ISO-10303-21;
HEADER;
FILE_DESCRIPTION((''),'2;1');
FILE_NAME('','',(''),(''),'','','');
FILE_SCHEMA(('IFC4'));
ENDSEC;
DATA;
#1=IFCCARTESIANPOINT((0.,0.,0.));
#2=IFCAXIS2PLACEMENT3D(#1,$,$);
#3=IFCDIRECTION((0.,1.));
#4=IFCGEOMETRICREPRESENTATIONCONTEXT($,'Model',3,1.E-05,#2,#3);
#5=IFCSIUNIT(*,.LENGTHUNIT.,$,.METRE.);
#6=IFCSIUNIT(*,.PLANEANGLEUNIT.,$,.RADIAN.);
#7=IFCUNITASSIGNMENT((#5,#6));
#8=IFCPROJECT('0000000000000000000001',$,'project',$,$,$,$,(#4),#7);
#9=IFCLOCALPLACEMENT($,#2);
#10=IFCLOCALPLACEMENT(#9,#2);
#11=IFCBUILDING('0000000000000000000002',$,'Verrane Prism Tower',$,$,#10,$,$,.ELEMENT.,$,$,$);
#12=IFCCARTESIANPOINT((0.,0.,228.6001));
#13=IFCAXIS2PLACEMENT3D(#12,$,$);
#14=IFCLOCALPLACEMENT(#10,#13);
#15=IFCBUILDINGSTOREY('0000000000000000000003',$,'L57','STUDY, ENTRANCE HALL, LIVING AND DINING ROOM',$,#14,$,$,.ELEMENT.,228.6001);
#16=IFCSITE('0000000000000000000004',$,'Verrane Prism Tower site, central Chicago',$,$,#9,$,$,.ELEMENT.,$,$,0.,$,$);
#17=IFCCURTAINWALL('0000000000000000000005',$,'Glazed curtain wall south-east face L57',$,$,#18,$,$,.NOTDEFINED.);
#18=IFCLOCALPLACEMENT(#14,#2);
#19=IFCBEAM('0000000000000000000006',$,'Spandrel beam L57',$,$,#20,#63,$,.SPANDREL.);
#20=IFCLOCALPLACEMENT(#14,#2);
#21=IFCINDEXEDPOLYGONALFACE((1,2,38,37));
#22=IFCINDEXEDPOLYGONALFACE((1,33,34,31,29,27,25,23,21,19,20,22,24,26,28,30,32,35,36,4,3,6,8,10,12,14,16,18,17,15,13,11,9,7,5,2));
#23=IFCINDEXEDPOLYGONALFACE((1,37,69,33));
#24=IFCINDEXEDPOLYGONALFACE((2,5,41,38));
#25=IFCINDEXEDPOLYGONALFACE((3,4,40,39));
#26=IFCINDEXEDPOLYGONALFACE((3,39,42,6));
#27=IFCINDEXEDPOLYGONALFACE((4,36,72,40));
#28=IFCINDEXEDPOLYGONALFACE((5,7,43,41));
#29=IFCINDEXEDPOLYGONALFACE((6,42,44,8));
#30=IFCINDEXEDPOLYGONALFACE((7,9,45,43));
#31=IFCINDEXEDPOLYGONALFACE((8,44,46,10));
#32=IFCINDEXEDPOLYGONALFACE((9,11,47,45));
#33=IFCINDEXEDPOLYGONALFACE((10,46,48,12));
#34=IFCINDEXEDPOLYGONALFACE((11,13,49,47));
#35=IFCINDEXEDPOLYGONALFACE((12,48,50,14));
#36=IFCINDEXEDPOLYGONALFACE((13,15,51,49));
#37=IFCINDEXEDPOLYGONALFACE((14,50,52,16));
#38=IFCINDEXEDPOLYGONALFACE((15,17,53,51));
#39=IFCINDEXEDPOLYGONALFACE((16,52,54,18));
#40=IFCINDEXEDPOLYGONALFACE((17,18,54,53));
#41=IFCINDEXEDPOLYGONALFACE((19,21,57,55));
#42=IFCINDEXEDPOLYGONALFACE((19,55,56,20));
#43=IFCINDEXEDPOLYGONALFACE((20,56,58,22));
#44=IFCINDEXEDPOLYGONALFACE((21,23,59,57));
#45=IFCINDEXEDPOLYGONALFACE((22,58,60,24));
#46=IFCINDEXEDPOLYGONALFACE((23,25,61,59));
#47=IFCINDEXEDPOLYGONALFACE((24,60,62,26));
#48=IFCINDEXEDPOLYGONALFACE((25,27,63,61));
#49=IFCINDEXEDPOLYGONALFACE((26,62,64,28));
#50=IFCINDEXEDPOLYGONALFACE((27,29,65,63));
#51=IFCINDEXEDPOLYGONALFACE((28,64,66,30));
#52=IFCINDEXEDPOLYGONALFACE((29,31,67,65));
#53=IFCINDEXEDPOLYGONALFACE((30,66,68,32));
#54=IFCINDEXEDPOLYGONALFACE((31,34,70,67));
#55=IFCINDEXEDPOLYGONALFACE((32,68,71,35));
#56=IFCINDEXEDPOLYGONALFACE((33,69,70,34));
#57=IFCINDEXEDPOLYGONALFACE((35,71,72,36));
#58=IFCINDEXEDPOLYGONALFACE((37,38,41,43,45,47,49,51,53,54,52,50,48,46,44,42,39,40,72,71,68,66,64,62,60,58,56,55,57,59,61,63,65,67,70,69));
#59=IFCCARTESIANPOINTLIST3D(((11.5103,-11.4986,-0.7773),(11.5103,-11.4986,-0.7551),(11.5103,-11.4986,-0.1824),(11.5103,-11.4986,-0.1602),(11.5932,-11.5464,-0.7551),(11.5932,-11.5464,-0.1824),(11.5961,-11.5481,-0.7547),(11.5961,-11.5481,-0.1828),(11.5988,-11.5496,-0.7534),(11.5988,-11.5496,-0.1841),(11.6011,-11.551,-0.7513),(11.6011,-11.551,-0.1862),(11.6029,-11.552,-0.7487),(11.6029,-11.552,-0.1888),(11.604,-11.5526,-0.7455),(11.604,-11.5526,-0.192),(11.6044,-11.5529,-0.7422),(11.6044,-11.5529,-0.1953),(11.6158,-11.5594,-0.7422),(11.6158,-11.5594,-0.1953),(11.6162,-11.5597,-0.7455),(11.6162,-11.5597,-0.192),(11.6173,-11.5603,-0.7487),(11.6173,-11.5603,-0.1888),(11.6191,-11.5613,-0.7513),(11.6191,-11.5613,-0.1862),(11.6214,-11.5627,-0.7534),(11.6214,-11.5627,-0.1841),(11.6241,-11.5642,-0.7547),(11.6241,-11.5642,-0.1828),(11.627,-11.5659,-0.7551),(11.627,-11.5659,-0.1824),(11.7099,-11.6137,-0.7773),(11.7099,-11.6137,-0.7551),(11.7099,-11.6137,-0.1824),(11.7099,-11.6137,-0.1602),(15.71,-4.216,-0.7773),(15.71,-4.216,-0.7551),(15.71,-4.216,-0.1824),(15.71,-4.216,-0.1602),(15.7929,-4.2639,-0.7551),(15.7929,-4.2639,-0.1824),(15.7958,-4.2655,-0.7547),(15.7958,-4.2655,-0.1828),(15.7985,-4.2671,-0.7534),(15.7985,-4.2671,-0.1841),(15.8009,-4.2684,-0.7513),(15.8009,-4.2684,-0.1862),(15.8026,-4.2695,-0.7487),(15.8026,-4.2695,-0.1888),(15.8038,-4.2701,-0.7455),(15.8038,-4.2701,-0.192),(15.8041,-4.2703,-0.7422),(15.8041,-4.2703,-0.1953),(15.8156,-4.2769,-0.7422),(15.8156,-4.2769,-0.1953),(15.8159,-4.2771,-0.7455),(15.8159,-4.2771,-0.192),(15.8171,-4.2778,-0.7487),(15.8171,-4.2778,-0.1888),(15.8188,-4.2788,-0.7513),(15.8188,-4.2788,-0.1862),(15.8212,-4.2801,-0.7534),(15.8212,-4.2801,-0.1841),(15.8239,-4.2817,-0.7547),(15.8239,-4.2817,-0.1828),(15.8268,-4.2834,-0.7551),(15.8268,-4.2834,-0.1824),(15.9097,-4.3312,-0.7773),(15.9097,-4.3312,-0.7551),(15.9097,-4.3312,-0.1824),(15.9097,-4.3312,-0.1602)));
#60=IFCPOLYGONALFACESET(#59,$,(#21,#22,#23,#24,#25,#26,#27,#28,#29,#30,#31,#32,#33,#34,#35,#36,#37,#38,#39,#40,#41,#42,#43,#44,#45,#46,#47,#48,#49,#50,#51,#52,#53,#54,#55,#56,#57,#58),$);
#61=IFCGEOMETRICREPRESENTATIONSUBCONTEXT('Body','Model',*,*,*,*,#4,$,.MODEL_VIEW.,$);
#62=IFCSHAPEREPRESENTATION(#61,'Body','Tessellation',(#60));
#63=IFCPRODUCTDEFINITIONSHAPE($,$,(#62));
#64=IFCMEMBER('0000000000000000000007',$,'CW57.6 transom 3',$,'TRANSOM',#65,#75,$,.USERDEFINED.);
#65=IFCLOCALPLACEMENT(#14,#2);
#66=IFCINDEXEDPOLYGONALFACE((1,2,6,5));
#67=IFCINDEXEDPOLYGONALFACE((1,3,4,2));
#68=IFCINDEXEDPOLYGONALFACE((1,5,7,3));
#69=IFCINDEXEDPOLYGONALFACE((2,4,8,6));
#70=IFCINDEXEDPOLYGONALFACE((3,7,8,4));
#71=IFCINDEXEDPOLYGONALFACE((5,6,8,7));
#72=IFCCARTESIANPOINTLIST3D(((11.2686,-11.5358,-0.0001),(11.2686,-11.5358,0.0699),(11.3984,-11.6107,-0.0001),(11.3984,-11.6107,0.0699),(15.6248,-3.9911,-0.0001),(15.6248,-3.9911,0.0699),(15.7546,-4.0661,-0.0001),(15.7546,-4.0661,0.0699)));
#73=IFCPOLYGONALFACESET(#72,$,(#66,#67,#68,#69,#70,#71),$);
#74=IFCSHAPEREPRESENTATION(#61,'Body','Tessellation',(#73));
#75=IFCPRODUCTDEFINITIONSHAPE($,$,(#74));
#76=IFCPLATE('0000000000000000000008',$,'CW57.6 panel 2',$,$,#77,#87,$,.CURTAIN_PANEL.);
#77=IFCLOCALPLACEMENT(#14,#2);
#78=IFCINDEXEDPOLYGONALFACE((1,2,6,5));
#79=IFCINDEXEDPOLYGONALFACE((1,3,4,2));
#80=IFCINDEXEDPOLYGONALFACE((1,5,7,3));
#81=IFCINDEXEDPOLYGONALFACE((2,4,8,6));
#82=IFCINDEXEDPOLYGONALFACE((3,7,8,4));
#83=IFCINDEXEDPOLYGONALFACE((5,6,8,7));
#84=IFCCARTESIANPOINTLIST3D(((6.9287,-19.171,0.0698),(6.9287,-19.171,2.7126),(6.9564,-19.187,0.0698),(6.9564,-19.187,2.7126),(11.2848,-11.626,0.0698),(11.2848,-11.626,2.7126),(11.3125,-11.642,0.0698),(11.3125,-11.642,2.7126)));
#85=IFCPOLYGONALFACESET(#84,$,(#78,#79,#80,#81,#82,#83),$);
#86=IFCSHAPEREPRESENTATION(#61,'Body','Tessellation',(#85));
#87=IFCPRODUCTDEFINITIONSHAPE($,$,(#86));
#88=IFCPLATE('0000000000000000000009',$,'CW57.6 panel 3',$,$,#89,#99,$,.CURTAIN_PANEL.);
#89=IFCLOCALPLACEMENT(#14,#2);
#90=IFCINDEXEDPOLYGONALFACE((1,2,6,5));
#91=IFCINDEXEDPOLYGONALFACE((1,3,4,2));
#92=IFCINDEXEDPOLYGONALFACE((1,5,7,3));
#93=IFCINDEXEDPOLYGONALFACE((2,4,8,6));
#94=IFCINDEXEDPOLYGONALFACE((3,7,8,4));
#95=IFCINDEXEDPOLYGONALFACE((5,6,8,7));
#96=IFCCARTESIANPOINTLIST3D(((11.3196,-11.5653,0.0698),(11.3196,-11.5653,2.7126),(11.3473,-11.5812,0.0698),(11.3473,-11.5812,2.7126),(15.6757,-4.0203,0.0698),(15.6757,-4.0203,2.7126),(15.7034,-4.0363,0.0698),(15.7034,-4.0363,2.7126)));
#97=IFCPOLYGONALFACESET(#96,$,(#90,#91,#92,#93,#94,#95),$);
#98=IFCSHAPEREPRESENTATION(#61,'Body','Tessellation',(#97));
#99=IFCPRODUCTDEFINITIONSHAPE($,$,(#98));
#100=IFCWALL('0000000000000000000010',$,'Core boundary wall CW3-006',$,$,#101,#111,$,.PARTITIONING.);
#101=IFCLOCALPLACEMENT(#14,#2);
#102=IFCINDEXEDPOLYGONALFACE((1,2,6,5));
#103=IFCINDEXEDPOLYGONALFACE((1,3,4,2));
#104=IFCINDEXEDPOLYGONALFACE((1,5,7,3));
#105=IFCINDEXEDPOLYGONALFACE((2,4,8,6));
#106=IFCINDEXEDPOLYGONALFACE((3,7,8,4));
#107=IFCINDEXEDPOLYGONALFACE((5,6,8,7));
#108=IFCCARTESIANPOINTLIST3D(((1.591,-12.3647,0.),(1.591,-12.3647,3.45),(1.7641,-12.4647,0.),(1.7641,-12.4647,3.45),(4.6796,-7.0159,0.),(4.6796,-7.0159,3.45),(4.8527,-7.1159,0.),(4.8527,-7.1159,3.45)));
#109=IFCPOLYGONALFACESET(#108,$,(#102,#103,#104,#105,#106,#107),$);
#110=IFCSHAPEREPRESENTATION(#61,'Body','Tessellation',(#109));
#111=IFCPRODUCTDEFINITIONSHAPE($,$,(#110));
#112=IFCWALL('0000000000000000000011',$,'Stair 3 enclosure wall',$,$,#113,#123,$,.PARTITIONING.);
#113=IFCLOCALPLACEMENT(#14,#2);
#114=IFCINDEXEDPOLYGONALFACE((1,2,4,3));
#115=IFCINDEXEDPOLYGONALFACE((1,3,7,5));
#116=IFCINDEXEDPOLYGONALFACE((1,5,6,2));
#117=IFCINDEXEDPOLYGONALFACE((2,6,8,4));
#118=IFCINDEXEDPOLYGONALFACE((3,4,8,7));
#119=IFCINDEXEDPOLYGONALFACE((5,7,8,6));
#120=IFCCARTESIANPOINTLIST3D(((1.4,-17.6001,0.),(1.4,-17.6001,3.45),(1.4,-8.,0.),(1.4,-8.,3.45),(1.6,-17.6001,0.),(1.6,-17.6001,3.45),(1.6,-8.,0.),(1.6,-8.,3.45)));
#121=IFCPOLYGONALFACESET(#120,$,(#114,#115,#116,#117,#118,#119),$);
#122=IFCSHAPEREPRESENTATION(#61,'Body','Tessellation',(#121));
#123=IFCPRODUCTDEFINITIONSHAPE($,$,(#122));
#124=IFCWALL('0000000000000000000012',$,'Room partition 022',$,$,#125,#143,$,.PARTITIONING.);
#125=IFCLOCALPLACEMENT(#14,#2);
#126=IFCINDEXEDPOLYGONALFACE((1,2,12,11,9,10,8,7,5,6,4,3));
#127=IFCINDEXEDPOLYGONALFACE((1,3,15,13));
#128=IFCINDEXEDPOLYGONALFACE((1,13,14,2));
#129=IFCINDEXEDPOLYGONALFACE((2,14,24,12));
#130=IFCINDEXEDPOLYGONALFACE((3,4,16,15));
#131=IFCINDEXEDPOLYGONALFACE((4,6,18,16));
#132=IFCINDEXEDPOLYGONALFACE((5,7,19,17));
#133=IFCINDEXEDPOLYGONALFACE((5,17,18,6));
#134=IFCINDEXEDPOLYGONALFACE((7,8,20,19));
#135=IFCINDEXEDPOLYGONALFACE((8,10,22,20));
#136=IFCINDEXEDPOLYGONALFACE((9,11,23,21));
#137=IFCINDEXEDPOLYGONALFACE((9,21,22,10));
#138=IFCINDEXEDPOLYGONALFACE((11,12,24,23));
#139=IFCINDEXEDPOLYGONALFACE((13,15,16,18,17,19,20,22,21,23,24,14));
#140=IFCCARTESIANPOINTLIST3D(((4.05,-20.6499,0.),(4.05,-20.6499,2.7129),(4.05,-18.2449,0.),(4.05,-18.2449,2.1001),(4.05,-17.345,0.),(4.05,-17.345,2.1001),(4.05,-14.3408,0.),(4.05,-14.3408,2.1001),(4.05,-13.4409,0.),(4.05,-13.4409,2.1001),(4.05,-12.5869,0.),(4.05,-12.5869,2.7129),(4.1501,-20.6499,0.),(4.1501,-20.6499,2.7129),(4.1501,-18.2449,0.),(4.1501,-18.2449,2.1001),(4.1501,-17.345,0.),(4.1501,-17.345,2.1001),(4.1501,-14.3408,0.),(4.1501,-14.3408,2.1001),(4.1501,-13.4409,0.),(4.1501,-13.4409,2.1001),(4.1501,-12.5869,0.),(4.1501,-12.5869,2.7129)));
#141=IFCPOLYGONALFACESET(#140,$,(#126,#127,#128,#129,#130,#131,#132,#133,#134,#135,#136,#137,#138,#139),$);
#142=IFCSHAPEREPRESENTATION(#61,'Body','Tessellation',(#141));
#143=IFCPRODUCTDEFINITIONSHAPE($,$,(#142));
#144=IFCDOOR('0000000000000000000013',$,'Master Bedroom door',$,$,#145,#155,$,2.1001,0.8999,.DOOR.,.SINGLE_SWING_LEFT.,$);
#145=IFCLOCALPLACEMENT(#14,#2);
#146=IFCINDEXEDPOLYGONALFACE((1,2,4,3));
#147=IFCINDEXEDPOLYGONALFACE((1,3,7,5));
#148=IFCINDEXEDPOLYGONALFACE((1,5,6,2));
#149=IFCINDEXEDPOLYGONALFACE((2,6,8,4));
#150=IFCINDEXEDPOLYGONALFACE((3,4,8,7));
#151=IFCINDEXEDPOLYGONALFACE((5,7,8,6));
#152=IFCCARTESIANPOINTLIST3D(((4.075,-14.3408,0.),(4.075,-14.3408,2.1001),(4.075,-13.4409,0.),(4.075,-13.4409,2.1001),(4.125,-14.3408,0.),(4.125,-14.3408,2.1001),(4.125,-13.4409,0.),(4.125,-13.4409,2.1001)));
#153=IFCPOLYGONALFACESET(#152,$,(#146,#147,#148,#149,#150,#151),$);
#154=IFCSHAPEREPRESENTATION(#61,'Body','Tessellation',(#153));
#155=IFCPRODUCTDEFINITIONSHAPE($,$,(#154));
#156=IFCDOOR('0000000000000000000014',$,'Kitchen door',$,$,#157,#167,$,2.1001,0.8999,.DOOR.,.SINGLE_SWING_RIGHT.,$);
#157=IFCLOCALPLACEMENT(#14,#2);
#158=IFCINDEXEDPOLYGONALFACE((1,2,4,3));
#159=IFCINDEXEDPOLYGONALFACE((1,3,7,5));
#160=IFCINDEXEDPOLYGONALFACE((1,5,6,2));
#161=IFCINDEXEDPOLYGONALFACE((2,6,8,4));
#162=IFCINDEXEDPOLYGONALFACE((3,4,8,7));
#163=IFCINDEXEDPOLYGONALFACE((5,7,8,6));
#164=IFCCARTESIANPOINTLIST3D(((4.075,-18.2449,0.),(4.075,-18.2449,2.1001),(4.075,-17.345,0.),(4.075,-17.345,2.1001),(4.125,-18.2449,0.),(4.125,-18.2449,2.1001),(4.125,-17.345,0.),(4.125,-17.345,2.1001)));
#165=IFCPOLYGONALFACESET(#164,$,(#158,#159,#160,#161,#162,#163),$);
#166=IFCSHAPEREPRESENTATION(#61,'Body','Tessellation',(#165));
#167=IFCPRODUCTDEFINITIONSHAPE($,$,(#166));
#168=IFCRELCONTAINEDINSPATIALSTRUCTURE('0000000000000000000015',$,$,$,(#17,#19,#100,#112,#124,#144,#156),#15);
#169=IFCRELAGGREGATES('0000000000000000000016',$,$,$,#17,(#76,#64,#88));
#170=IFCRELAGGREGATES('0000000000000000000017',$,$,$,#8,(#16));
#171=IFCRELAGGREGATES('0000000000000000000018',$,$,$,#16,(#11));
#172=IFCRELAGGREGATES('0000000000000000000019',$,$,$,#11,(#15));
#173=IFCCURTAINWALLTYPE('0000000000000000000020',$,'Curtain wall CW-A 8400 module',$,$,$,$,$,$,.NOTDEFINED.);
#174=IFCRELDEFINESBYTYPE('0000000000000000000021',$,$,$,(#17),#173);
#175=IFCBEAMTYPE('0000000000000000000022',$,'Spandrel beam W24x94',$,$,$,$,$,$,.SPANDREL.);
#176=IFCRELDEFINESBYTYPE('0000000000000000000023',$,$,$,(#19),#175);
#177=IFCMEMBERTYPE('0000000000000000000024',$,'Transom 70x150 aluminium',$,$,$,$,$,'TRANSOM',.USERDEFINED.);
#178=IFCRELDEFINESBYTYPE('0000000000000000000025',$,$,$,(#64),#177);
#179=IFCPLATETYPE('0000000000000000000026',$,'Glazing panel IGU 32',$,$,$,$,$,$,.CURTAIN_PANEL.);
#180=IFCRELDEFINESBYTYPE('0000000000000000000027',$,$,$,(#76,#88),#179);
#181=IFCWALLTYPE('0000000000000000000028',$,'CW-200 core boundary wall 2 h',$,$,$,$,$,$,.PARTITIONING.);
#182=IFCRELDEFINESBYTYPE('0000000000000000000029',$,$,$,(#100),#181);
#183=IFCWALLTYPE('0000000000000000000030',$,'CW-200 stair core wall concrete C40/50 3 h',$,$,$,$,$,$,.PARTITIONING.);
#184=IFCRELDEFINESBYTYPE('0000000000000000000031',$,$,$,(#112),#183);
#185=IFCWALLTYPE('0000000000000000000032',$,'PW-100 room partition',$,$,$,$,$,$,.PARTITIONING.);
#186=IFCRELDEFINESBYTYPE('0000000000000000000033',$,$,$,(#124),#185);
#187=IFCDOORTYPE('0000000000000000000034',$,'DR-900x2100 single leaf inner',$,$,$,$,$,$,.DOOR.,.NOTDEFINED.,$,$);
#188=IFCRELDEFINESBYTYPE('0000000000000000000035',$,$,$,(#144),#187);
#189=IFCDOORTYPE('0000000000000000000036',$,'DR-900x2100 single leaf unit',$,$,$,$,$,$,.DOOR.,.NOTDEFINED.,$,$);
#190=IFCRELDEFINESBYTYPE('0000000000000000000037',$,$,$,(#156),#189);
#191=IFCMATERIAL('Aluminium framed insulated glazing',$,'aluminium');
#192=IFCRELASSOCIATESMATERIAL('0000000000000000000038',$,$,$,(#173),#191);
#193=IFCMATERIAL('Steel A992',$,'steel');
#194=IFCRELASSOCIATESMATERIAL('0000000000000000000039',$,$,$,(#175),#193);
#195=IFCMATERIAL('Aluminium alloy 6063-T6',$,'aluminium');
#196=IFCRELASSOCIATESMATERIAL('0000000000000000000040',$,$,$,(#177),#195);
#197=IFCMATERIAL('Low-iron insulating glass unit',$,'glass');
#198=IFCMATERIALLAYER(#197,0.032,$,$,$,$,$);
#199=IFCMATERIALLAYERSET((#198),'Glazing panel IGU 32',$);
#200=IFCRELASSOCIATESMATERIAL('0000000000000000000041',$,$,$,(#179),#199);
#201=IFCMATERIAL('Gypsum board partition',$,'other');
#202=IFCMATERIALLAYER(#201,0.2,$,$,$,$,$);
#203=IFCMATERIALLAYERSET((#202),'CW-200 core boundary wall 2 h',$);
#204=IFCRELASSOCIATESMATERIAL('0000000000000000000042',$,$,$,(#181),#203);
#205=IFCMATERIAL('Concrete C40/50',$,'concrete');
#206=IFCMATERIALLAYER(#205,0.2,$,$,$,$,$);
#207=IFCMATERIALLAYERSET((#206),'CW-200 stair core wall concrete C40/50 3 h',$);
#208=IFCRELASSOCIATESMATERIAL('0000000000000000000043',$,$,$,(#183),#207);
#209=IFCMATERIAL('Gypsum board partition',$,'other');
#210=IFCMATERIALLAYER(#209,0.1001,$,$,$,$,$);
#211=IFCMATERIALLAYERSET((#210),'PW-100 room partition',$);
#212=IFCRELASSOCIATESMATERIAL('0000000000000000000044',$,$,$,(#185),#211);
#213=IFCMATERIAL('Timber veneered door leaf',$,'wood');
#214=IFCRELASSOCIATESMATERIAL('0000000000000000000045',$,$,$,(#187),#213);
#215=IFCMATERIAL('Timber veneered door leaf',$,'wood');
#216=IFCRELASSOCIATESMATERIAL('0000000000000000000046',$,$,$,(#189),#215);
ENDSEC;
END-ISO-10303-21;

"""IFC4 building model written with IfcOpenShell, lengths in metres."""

from ifc_helpers import new_model, si_unit, direction, frame, frame_2d, origin, origin_2d, place, context, subcontext, project, spatial, rectangle, i_section, extrude, material, layer, layer_set, material_profile, profile_set, type_object, element, fill, aggregate, save


model = new_model("IFC4")

# Units and contexts
model_context = context("Model", 3, precision=1e-05, world=origin(), true_north=direction((0.0, 1.0)))
body_context = subcontext(model_context, "Body", "Model", "MODEL_VIEW")
ifc_project = project(units=[si_unit("LENGTHUNIT", "METRE"), si_unit("PLANEANGLEUNIT", "RADIAN")], contexts=[model_context])

# Site, building, storey
site_placement = place(None, origin())
site = spatial("IfcSite", under=ifc_project, at=site_placement, Name="Verrane Prism Tower site, central Chicago", CompositionType="ELEMENT", RefElevation=0.0)
building_placement = place(site_placement, origin())
building = spatial("IfcBuilding", under=site, at=building_placement, Name="Verrane Prism Tower", CompositionType="ELEMENT")
storey_placement = place(building_placement, frame((0.0, 0.0, 228.6001)))
storey = spatial("IfcBuildingStorey", under=building, at=storey_placement, Name="L57", Description="STUDY, ENTRANCE HALL, LIVING AND DINING ROOM", CompositionType="ELEMENT", Elevation=228.6001)

# Curtain wall
ifc_material_1 = material(Name="Aluminium framed insulated glazing", Category="aluminium")
curtain_wall_type = type_object("IfcCurtainWallType", Name="Curtain wall CW-A 8400 module", PredefinedType="NOTDEFINED", material=ifc_material_1)
curtain_wall_placement = place(storey_placement, origin())
curtain_wall = element("IfcCurtainWall", 1, at=curtain_wall_placement, inside=storey, type_object=curtain_wall_type, Name="Glazed curtain wall south-east face L57", PredefinedType="NOTDEFINED")

# Beam
ifc_material_2 = material(Name="Steel A992", Category="steel")
ifc_material_profile_1 = material_profile(ifc_material_2, i_section(OverallWidth=0.2305, OverallDepth=0.6172, WebThickness=0.0132, FlangeThickness=0.0222, FilletRadius=0.0129, at=origin_2d()), Name="W24x94")
ifc_profile_set_1 = profile_set([ifc_material_profile_1], Name="Steel A992")
beam_type_1 = type_object("IfcBeamType", Name="Spandrel beam W24x94", PredefinedType="SPANDREL", material=ifc_profile_set_1)
beam_1_placement = place(storey_placement, frame((11.6101, -11.5562, -0.4688), z_axis=(0.499569, 0.866274, 0.0), x_axis=(-0.866274, 0.499569, 0.0)))
element("IfcBeam", 2, at=beam_1_placement, inside=storey, type_object=beam_type_1, Name="Spandrel beam L57", PredefinedType="SPANDREL", context=body_context, shape_type="SweptSolid", body=[
    extrude(i_section(OverallWidth=0.2305, OverallDepth=0.6172, WebThickness=0.0132, FlangeThickness=0.0222, FilletRadius=0.0129, at=origin_2d()), origin(), (0.0, 0.0, 1.0), 8.4067),
])

# Member
ifc_material_3 = material(Name="Aluminium alloy 6063-T6", Category="aluminium")
ifc_material_profile_2 = material_profile(ifc_material_3, rectangle(XDim=0.1499, YDim=0.0701, at=origin_2d()), Name="Transom 70x150 aluminium")
ifc_profile_set_2 = profile_set([ifc_material_profile_2], Name="Aluminium alloy 6063-T6")
member_type_1 = type_object("IfcMemberType", Name="Transom 70x150 aluminium", ElementType="TRANSOM", PredefinedType="USERDEFINED", material=ifc_profile_set_2)
member_1_placement = place(storey_placement, frame((11.3335, -11.5732, 0.0349), z_axis=(0.500024, 0.866012, 0.0), x_axis=(-0.866012, 0.500024, 0.0)))
member_1 = element("IfcMember", 3, at=member_1_placement, type_object=member_type_1, Name="CW57.6 transom 3", ObjectType="TRANSOM", PredefinedType="USERDEFINED", context=body_context, shape_type="SweptSolid", body=[
    extrude(rectangle(XDim=0.1499, YDim=0.0701, at=origin_2d()), origin(), (0.0, 0.0, 1.0), 8.7119),
])

# Plates
ifc_material_4 = material(Name="Low-iron insulating glass unit", Category="glass")
ifc_layer_1 = layer(ifc_material_4, 0.032)
ifc_layer_set_1 = layer_set([ifc_layer_1], Name="Glazing panel IGU 32")
plate_type = type_object("IfcPlateType", Name="Glazing panel IGU 32", PredefinedType="CURTAIN_PANEL", material=ifc_layer_set_1)
plate_1_placement = place(storey_placement, frame((9.1206, -15.4065, 0.0698), z_axis=(0.0, 0.0, 1.0), x_axis=(0.500001, 0.866025, 0.0)))
plate_1 = element("IfcPlate", 4, at=plate_1_placement, type_object=plate_type, Name="CW57.6 panel 2", PredefinedType="CURTAIN_PANEL", context=body_context, shape_type="SweptSolid", body=[
    extrude(rectangle(XDim=8.7122, YDim=0.032, at=origin_2d()), origin(), (0.0, 0.0, 1.0), 2.6428),
])
plate_2_placement = place(storey_placement, frame((13.5115, -7.8008, 0.0698), z_axis=(0.0, 0.0, 1.0), x_axis=(0.500001, 0.866025, 0.0)))
plate_2 = element("IfcPlate", 5, at=plate_2_placement, type_object=plate_type, Name="CW57.6 panel 3", PredefinedType="CURTAIN_PANEL", context=body_context, shape_type="SweptSolid", body=[
    extrude(rectangle(XDim=8.7122, YDim=0.032, at=origin_2d()), origin(), (0.0, 0.0, 1.0), 2.6428),
])
aggregate(curtain_wall, [plate_1, member_1, plate_2])

# Walls
ifc_material_5 = material(Name="Gypsum board partition", Category="other")
ifc_layer_2 = layer(ifc_material_5, 0.2)
ifc_layer_set_2 = layer_set([ifc_layer_2], Name="CW-200 core boundary wall 2 h")
wall_type_1 = type_object("IfcWallType", Name="CW-200 core boundary wall 2 h", PredefinedType="PARTITIONING", material=ifc_layer_set_2)
wall_1_placement = place(storey_placement, frame((1.6775, -12.4148, 0.0), z_axis=(0.0, 0.0, 1.0), x_axis=(0.500054, 0.865994, 0.0)))
element("IfcWall", 6, at=wall_1_placement, inside=storey, type_object=wall_type_1, Name="Core boundary wall CW3-006", PredefinedType="PARTITIONING", context=body_context, shape_type="SweptSolid", body=[
    extrude(rectangle(XDim=6.1765, YDim=0.2, at=frame_2d((3.0884, 0.0))), origin(), (0.0, 0.0, 1.0), 3.45),
])
ifc_material_6 = material(Name="Concrete C40/50", Category="concrete")
ifc_layer_3 = layer(ifc_material_6, 0.2)
ifc_layer_set_3 = layer_set([ifc_layer_3], Name="CW-200 stair core wall concrete C40/50 3 h")
wall_type_2 = type_object("IfcWallType", Name="CW-200 stair core wall concrete C40/50 3 h", PredefinedType="PARTITIONING", material=ifc_layer_set_3)
wall_2_placement = place(storey_placement, frame((1.5, -8.0, 0.0), z_axis=(0.0, 0.0, 1.0), x_axis=(0.0, -1.0, 0.0)))
element("IfcWall", 7, at=wall_2_placement, inside=storey, type_object=wall_type_2, Name="Stair 3 enclosure wall", PredefinedType="PARTITIONING", context=body_context, shape_type="SweptSolid", body=[
    extrude(rectangle(XDim=9.6001, YDim=0.2, at=frame_2d((4.8, 0.0))), origin(), (0.0, 0.0, 1.0), 3.45),
])

# Wall, openings, doors
ifc_material_7 = material(Name="Gypsum board partition", Category="other")
ifc_layer_4 = layer(ifc_material_7, 0.1001)
ifc_layer_set_4 = layer_set([ifc_layer_4], Name="PW-100 room partition")
wall_type_3 = type_object("IfcWallType", Name="PW-100 room partition", PredefinedType="PARTITIONING", material=ifc_layer_set_4)
wall_3_placement = place(storey_placement, frame((4.1001, -12.5869, 0.0), z_axis=(0.0, 0.0, 1.0), x_axis=(0.0, -1.0, 0.0)))
wall_3 = element("IfcWall", 8, at=wall_3_placement, inside=storey, type_object=wall_type_3, Name="Room partition 022", PredefinedType="PARTITIONING", context=body_context, shape_type="SweptSolid", body=[
    extrude(rectangle(XDim=8.063, YDim=0.1001, at=frame_2d((4.0315, 0.0))), origin(), (0.0, 0.0, 1.0), 2.7129),
])
opening_1_placement = place(wall_3_placement, frame((4.7581, 0.0, 0.0)))
opening_1 = element("IfcOpeningElement", 9, at=opening_1_placement, cuts=wall_3, PredefinedType="OPENING", context=body_context, shape_type="SweptSolid", body=[
    extrude(rectangle(XDim=0.8999, YDim=2.1001, at=frame_2d((0.45, 1.05))), frame((0.0, 0.0601, 0.0), z_axis=(0.0, -1.0, 0.0), x_axis=(1.0, 0.0, 0.0)), (0.0, 0.0, 1.0), 0.1201),
])
opening_2_placement = place(wall_3_placement, frame((0.854, 0.0, 0.0)))
opening_2 = element("IfcOpeningElement", 10, at=opening_2_placement, cuts=wall_3, PredefinedType="OPENING", context=body_context, shape_type="SweptSolid", body=[
    extrude(rectangle(XDim=0.8999, YDim=2.1001, at=frame_2d((0.45, 1.05))), frame((0.0, 0.0601, 0.0), z_axis=(0.0, -1.0, 0.0), x_axis=(1.0, 0.0, 0.0)), (0.0, 0.0, 1.0), 0.1201),
])
ifc_material_8 = material(Name="Timber veneered door leaf", Category="wood")
door_type_1 = type_object("IfcDoorType", Name="DR-900x2100 single leaf inner", OperationType="NOTDEFINED", PredefinedType="DOOR", material=ifc_material_8)
door_1_placement = place(opening_2_placement, origin())
door_1 = element("IfcDoor", 11, at=door_1_placement, inside=storey, type_object=door_type_1, Name="Master Bedroom door", OperationType="SINGLE_SWING_LEFT", OverallHeight=2.1001, OverallWidth=0.8999, PredefinedType="DOOR", context=body_context, shape_type="SweptSolid", body=[
    extrude(rectangle(XDim=0.8999, YDim=2.1001, at=frame_2d((0.45, 1.05))), frame((0.0, 0.0249, 0.0), z_axis=(0.0, -1.0, 0.0), x_axis=(1.0, 0.0, 0.0)), (0.0, 0.0, 1.0), 0.05),
])
fill(opening_2, door_1)
ifc_material_9 = material(Name="Timber veneered door leaf", Category="wood")
door_type_2 = type_object("IfcDoorType", Name="DR-900x2100 single leaf unit", OperationType="NOTDEFINED", PredefinedType="DOOR", material=ifc_material_9)
door_2_placement = place(opening_1_placement, origin())
door_2 = element("IfcDoor", 12, at=door_2_placement, inside=storey, type_object=door_type_2, Name="Kitchen door", OperationType="SINGLE_SWING_RIGHT", OverallHeight=2.1001, OverallWidth=0.8999, PredefinedType="DOOR", context=body_context, shape_type="SweptSolid", body=[
    extrude(rectangle(XDim=0.8999, YDim=2.1001, at=frame_2d((0.45, 1.05))), frame((0.0, 0.0249, 0.0), z_axis=(0.0, -1.0, 0.0), x_axis=(1.0, 0.0, 0.0)), (0.0, 0.0, 1.0), 0.05),
])
fill(opening_1, door_2)

save(model, "model.ifc")
